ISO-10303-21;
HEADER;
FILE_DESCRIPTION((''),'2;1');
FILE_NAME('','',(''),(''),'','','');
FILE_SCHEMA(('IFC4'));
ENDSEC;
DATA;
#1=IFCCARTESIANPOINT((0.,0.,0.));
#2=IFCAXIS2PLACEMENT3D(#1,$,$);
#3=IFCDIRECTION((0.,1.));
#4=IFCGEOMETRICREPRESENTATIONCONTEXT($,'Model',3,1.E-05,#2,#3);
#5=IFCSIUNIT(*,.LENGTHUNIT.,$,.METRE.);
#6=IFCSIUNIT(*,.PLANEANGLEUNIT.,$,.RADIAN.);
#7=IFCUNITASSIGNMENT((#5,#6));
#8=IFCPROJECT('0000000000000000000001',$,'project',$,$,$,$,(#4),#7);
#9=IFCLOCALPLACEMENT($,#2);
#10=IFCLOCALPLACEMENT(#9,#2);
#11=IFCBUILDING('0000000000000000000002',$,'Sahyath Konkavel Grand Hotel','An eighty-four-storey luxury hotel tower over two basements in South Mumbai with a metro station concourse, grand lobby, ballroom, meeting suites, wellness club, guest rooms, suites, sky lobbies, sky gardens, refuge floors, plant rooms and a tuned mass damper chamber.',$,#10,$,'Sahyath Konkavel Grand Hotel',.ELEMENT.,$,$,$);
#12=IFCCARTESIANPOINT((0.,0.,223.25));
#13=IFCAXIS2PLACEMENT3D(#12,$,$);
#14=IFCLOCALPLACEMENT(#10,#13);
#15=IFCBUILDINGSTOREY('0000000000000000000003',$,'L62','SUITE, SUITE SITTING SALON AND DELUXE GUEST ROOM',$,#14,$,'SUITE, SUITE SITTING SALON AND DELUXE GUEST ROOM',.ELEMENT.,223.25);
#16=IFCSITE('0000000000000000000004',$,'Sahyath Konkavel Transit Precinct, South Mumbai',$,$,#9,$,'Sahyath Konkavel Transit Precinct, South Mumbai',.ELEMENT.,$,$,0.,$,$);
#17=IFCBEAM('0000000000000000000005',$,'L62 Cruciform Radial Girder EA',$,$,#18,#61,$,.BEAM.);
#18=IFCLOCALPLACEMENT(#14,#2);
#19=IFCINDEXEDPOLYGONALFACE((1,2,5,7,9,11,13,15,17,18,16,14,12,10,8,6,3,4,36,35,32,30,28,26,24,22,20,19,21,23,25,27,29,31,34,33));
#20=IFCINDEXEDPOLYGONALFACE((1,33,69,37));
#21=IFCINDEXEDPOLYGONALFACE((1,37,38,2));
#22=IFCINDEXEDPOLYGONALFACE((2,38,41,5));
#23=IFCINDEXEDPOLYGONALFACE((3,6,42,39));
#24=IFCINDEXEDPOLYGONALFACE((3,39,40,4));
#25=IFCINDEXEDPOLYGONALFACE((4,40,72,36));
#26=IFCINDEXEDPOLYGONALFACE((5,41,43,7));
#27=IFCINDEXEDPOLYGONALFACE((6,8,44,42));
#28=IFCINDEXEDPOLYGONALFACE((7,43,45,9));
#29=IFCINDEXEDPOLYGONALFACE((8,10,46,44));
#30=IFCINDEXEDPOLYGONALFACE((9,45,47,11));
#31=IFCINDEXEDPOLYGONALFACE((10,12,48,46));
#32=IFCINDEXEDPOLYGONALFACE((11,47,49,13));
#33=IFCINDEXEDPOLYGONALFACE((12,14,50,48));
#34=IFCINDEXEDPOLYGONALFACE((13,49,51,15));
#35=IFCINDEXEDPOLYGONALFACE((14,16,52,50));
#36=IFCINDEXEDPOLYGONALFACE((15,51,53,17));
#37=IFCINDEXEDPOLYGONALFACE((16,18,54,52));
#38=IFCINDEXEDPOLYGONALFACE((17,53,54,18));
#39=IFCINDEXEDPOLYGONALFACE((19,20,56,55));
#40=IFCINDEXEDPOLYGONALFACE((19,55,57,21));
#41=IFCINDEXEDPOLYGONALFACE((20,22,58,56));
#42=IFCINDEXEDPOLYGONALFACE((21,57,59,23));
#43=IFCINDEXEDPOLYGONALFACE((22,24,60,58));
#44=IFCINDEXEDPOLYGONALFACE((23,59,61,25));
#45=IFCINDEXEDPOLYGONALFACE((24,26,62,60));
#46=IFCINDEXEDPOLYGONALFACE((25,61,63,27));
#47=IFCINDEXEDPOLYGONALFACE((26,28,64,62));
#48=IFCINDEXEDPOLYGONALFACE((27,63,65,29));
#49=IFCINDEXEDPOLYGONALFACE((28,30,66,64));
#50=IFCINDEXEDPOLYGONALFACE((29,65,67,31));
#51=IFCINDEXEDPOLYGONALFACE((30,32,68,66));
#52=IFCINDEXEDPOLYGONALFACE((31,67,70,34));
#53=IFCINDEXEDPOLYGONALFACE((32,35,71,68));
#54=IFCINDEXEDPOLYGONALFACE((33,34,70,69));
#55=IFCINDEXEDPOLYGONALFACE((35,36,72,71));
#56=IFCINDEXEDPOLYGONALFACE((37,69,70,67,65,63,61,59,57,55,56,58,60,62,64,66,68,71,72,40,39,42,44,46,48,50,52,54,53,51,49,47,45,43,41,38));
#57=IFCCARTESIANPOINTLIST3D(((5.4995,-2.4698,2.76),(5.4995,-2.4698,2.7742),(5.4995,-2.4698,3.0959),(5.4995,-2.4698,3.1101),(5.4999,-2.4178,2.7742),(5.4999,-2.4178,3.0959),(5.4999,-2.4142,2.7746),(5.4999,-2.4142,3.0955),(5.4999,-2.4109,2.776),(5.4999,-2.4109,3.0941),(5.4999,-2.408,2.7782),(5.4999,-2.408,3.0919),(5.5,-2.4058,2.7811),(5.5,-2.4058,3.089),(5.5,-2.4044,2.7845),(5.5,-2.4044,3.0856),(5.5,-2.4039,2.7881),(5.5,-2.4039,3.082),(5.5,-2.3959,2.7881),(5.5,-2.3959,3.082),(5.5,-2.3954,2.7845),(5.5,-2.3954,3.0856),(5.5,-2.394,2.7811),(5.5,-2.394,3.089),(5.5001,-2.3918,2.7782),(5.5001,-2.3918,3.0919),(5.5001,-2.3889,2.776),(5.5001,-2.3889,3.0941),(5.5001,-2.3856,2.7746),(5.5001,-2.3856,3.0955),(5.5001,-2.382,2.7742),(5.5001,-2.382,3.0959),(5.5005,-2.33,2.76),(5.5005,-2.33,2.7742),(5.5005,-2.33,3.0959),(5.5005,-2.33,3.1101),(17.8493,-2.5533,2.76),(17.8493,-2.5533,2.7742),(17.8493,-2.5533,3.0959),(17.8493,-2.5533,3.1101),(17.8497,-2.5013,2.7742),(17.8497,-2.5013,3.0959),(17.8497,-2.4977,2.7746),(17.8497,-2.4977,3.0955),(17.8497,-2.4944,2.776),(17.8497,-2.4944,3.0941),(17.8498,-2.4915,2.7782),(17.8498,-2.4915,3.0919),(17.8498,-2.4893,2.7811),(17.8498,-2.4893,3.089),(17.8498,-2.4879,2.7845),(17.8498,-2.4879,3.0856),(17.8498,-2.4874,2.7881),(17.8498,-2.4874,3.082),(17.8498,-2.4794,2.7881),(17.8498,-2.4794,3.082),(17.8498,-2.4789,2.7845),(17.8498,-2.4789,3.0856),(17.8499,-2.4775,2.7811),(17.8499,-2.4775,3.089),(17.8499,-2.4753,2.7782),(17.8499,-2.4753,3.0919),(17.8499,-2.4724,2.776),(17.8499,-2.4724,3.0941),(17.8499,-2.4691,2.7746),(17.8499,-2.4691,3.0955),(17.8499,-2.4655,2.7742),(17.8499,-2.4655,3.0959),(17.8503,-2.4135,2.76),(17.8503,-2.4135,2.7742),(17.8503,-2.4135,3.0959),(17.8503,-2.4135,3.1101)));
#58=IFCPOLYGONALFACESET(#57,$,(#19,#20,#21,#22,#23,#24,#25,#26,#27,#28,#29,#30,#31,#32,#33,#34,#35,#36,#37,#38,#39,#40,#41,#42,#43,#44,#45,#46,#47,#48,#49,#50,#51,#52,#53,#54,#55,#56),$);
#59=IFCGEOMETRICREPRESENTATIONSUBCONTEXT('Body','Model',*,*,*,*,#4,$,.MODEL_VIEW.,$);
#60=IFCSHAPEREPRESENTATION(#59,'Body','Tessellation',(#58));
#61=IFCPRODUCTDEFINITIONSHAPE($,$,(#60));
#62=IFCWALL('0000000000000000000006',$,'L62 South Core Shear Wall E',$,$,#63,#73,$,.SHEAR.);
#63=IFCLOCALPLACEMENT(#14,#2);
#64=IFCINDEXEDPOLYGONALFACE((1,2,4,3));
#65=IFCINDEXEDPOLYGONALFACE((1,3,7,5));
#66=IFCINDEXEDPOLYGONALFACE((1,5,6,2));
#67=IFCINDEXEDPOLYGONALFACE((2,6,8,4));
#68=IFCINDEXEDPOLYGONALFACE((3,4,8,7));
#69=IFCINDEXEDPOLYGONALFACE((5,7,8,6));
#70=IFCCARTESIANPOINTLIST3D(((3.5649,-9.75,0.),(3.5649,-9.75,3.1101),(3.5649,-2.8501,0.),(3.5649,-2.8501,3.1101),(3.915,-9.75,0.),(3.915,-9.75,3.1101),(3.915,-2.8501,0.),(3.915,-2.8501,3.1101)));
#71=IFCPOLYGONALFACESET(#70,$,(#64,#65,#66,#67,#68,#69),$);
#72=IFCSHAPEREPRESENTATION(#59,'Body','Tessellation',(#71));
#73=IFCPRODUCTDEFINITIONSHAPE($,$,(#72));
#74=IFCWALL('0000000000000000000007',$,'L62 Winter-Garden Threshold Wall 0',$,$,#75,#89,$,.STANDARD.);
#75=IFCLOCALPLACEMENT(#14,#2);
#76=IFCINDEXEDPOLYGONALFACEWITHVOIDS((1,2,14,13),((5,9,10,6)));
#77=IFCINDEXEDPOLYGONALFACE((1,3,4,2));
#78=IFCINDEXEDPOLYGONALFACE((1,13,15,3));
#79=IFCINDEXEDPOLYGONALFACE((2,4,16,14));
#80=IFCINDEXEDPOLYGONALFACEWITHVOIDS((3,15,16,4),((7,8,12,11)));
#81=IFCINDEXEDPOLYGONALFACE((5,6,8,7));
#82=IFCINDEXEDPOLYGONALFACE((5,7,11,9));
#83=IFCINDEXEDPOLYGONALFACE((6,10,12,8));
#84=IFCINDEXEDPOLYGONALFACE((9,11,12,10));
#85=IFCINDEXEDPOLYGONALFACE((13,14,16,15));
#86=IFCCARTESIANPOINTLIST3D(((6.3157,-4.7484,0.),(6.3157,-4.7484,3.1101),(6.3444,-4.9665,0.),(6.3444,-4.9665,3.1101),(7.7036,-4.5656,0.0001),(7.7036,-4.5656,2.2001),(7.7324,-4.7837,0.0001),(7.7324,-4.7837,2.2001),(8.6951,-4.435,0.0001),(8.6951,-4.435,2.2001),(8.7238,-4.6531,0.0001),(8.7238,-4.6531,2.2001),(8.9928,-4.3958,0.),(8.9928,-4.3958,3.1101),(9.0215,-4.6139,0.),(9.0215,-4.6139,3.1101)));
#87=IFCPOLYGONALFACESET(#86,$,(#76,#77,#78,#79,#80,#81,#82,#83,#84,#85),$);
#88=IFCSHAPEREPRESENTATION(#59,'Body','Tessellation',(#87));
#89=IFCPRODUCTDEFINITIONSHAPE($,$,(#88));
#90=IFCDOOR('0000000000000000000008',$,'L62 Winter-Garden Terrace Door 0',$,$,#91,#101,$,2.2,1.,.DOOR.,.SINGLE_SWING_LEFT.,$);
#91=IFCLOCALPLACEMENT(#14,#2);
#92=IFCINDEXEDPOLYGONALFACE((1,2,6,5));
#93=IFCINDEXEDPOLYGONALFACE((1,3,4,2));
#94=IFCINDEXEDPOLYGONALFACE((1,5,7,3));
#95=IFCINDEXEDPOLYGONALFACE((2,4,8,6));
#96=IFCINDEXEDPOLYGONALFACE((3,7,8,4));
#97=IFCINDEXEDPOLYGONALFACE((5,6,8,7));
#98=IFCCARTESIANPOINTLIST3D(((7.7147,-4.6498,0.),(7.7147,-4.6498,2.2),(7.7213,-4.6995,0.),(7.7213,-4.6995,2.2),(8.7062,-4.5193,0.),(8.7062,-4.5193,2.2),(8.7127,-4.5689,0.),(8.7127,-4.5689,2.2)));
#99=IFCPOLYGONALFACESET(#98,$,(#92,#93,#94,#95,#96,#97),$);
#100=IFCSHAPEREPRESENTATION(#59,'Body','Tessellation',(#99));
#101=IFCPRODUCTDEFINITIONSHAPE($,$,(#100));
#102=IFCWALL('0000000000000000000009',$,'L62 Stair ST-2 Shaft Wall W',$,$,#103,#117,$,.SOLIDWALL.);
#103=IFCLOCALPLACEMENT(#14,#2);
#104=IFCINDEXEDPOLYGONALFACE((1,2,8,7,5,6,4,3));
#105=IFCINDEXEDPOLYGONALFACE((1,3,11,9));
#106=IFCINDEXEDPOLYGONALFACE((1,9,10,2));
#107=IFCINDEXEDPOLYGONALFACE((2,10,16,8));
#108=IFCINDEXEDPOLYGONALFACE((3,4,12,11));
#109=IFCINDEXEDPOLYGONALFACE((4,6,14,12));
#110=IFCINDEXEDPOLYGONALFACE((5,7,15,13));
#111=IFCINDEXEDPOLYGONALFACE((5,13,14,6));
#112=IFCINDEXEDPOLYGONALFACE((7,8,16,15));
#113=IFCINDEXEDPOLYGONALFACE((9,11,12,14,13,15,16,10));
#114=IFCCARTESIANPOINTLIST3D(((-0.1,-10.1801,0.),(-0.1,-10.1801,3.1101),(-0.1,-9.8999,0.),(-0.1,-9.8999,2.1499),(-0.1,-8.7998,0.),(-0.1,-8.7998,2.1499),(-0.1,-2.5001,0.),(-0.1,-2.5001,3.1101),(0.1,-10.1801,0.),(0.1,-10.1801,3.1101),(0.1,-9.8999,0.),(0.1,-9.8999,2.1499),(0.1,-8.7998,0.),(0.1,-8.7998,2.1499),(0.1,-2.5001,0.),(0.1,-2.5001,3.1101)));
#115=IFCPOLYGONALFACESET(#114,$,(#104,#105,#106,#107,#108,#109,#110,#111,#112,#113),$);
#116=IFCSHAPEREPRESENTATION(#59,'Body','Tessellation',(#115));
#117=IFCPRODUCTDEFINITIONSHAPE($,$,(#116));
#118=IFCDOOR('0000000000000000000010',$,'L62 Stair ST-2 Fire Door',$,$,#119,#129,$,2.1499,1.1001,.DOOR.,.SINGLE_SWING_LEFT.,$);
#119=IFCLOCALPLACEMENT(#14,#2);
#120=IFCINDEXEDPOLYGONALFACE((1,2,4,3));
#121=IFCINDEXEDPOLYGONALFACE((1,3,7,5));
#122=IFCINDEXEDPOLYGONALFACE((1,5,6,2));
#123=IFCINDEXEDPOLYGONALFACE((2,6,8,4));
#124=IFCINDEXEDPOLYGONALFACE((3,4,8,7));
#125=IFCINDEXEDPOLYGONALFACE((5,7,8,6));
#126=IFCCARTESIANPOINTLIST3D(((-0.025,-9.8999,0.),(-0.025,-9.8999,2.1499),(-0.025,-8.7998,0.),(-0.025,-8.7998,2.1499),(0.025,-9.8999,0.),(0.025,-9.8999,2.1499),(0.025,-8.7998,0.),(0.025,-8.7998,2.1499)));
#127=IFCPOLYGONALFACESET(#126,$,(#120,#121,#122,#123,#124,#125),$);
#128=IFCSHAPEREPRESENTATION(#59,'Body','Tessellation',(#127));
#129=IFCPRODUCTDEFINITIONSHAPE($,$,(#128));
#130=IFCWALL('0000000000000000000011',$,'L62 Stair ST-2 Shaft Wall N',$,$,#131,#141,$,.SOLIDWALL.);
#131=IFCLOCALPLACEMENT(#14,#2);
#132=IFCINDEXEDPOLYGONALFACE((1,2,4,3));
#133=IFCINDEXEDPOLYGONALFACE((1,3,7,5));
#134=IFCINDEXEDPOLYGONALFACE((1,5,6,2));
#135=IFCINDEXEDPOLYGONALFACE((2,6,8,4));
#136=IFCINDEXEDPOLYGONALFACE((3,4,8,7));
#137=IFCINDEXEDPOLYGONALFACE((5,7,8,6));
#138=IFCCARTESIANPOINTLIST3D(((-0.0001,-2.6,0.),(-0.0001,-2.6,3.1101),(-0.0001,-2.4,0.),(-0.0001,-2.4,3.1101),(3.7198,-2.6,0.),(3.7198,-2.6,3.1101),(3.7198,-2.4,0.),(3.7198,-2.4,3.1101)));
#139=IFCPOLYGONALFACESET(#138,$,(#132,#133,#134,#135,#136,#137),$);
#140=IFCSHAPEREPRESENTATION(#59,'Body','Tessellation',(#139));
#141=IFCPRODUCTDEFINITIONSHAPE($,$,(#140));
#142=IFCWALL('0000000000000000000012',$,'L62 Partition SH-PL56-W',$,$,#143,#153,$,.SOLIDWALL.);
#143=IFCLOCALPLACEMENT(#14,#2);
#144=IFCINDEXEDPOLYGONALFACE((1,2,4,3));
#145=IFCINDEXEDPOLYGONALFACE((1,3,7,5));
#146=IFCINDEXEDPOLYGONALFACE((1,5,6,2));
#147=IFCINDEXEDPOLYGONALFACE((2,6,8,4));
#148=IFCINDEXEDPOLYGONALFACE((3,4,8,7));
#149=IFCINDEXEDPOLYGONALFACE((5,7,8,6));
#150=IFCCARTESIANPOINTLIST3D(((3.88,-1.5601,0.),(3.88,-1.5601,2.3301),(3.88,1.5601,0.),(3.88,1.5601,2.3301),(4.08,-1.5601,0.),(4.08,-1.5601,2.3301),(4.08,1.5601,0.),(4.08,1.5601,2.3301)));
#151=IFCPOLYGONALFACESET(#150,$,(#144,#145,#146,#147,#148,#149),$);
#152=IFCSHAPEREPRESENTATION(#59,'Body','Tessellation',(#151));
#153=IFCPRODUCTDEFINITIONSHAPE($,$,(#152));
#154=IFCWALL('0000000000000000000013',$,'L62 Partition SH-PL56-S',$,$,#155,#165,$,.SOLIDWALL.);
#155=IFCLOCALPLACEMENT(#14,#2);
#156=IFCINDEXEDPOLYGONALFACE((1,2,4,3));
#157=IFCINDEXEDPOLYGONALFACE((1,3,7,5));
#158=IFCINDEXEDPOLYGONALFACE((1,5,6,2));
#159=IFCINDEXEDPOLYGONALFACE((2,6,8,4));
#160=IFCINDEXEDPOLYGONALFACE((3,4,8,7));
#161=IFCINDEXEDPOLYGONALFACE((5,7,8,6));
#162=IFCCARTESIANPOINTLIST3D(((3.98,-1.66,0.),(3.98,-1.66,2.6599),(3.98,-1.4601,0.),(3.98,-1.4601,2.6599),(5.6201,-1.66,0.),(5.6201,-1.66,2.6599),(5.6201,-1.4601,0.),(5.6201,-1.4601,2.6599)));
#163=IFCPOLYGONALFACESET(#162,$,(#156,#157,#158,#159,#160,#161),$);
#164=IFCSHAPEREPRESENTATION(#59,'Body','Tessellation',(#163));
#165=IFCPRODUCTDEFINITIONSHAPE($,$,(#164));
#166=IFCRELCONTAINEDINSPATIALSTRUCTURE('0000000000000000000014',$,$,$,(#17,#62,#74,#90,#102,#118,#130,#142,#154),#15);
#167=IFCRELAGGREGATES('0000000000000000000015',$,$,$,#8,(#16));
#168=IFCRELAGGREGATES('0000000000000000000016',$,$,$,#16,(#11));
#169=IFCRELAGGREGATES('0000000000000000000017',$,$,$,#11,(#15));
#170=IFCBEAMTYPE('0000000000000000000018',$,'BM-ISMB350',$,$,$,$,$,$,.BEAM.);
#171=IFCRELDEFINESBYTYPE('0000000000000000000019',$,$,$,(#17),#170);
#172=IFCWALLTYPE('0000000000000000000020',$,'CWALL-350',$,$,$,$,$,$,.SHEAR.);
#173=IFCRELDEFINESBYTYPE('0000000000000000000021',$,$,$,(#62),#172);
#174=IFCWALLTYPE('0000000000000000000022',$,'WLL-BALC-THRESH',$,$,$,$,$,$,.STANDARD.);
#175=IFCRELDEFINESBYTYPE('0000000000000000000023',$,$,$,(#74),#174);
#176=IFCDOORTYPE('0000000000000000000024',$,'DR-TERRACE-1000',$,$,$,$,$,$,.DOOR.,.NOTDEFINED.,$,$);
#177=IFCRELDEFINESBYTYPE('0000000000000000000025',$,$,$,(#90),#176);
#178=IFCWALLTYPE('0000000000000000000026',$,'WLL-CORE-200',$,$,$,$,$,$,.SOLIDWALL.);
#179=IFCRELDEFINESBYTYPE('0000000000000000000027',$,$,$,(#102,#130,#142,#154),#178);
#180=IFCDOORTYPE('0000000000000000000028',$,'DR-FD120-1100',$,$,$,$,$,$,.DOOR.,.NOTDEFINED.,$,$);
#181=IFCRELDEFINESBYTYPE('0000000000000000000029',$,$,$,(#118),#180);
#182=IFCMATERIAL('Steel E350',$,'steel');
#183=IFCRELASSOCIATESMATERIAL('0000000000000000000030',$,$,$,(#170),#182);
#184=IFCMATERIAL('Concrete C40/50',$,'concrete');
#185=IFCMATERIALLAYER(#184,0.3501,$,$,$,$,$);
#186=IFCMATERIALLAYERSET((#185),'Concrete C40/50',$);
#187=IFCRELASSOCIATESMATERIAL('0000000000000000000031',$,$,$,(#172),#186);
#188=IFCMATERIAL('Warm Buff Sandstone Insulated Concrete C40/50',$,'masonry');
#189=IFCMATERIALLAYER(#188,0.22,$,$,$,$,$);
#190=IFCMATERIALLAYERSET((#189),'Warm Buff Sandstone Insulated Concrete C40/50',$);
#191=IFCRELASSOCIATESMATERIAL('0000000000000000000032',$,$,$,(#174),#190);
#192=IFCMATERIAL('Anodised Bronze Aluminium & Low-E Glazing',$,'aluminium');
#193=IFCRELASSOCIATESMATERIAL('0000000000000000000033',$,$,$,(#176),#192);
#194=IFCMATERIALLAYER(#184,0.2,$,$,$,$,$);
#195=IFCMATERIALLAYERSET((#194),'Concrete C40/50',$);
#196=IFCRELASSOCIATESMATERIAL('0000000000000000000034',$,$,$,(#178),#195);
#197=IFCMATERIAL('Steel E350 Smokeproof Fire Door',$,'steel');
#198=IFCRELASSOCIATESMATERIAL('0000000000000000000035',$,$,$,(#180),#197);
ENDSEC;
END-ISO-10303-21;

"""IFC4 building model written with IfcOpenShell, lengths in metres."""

from ifc_helpers import new_model, si_unit, direction, frame, frame_2d, origin, origin_2d, place, context, subcontext, project, spatial, rectangle, i_section, extrude, source, transform, mapped, material, layer, layer_set, material_profile, profile_set, type_object, element, fill, save


model = new_model("IFC4")

# Units and contexts
model_context = context("Model", 3, precision=1e-05, world=origin(), true_north=direction((0.0, 1.0)))
body_context = subcontext(model_context, "Body", "Model", "MODEL_VIEW")
ifc_project = project(units=[si_unit("LENGTHUNIT", "METRE"), si_unit("PLANEANGLEUNIT", "RADIAN")], contexts=[model_context])

# Site, building, storey
site_placement = place(None, origin())
site = spatial("IfcSite", under=ifc_project, at=site_placement, Name="Sahyath Konkavel Transit Precinct, South Mumbai", LongName="Sahyath Konkavel Transit Precinct, South Mumbai", CompositionType="ELEMENT", RefElevation=0.0)
building_placement = place(site_placement, origin())
building = spatial("IfcBuilding", under=site, at=building_placement, Name="Sahyath Konkavel Grand Hotel", Description="An eighty-four-storey luxury hotel tower over two basements in South Mumbai with a metro station concourse, grand lobby, ballroom, meeting suites, wellness club, guest rooms, suites, sky lobbies, sky gardens, refuge floors, plant rooms and a tuned mass damper chamber.", LongName="Sahyath Konkavel Grand Hotel", CompositionType="ELEMENT")
storey_placement = place(building_placement, frame((0.0, 0.0, 223.25)))
storey = spatial("IfcBuildingStorey", under=building, at=storey_placement, Name="L62", Description="SUITE, SUITE SITTING SALON AND DELUXE GUEST ROOM", LongName="SUITE, SUITE SITTING SALON AND DELUXE GUEST ROOM", CompositionType="ELEMENT", Elevation=223.25)

# Shared definitions
ifc_material_1 = material(Name="Concrete C40/50", Category="concrete")

# Beam
ifc_material_2 = material(Name="Steel E350", Category="steel")
ifc_material_profile_1 = material_profile(ifc_material_2, i_section(OverallWidth=0.1399, OverallDepth=0.3501, WebThickness=0.0081, FlangeThickness=0.0142, FilletRadius=0.0139, at=origin_2d()), Name="ISMB 350")
ifc_profile_set_1 = profile_set([ifc_material_profile_1], Name="Steel E350")
beam_type_1 = type_object("IfcBeamType", Name="BM-ISMB350", PredefinedType="BEAM", material=ifc_profile_set_1)
shared_shape_1 = source(origin(), body_context, "Body", "SweptSolid", [
    extrude(i_section(OverallWidth=0.1399, OverallDepth=0.3501, WebThickness=0.0081, FlangeThickness=0.0142, FilletRadius=0.0139, at=origin_2d()), origin(), (0.0, 0.0, 1.0), 12.3501),
])
beam_1_placement = place(storey_placement, frame((5.5, -2.3999, 2.9351), z_axis=(0.999977, -0.006761, 0.0), x_axis=(0.006761, 0.999977, 0.0)))
element("IfcBeam", 1, at=beam_1_placement, inside=storey, type_object=beam_type_1, Name="L62 Cruciform Radial Girder EA", PredefinedType="BEAM", context=body_context, shape_type="MappedRepresentation", body=[
    mapped(shared_shape_1, transform((0.0, 0.0, 0.0), scale=1.0)),
])

# Wall
ifc_layer_1 = layer(ifc_material_1, 0.3501)
ifc_layer_set_1 = layer_set([ifc_layer_1], Name="Concrete C40/50")
wall_type_1 = type_object("IfcWallType", Name="CWALL-350", PredefinedType="SHEAR", material=ifc_layer_set_1)
wall_1_placement = place(storey_placement, frame((3.74, -9.75, 0.0), z_axis=(0.0, 0.0, 1.0), x_axis=(0.0, 1.0, 0.0)))
element("IfcWall", 2, at=wall_1_placement, inside=storey, type_object=wall_type_1, Name="L62 South Core Shear Wall E", PredefinedType="SHEAR", context=body_context, shape_type="SweptSolid", body=[
    extrude(rectangle(XDim=6.8999, YDim=0.3501, at=frame_2d((3.45, 0.0))), origin(), (0.0, 0.0, 1.0), 3.1101),
])

# Walls, openings, doors
ifc_material_3 = material(Name="Warm Buff Sandstone Insulated Concrete C40/50", Category="masonry")
ifc_layer_2 = layer(ifc_material_3, 0.22)
ifc_layer_set_2 = layer_set([ifc_layer_2], Name="Warm Buff Sandstone Insulated Concrete C40/50")
wall_type_2 = type_object("IfcWallType", Name="WLL-BALC-THRESH", PredefinedType="STANDARD", material=ifc_layer_set_2)
wall_2_placement = place(storey_placement, frame((6.3301, -4.8574, 0.0), z_axis=(0.0, 0.0, 1.0), x_axis=(0.99144, 0.130564, 0.0)))
wall_2 = element("IfcWall", 3, at=wall_2_placement, inside=storey, type_object=wall_type_2, Name="L62 Winter-Garden Threshold Wall 0", PredefinedType="STANDARD", context=body_context, shape_type="SweptSolid", body=[
    extrude(rectangle(XDim=2.7002, YDim=0.22, at=frame_2d((1.3501, 0.0))), origin(), (0.0, 0.0, 1.0), 3.1101),
])
opening_1_placement = place(wall_2_placement, frame((1.3999, 0.0, 0.0)))
opening_1 = element("IfcOpeningElement", 4, at=opening_1_placement, cuts=wall_2, PredefinedType="OPENING", context=body_context, shape_type="SweptSolid", body=[
    extrude(rectangle(XDim=1.0, YDim=2.2, at=frame_2d((0.5, 1.1001))), frame((0.0, 0.1201, 0.0), z_axis=(0.0, -1.0, 0.0), x_axis=(1.0, 0.0, 0.0)), (0.0, 0.0, 1.0), 0.24),
])
ifc_material_4 = material(Name="Anodised Bronze Aluminium & Low-E Glazing", Category="aluminium")
door_type_1 = type_object("IfcDoorType", Name="DR-TERRACE-1000", OperationType="NOTDEFINED", PredefinedType="DOOR", material=ifc_material_4)
shared_shape_2 = source(origin(), body_context, "Body", "SweptSolid", [
    extrude(rectangle(XDim=1.0, YDim=0.05, at=origin_2d()), origin(), (0.0, 0.0, 1.0), 2.2),
])
door_1_placement = place(opening_1_placement, frame((0.5, 0.0, 0.0)))
door_1 = element("IfcDoor", 5, at=door_1_placement, inside=storey, type_object=door_type_1, Name="L62 Winter-Garden Terrace Door 0", OperationType="SINGLE_SWING_LEFT", OverallHeight=2.2, OverallWidth=1.0, PredefinedType="DOOR", context=body_context, shape_type="MappedRepresentation", body=[
    mapped(shared_shape_2, transform((0.0, 0.0, 0.0), scale=1.0)),
])
fill(opening_1, door_1)
ifc_layer_3 = layer(ifc_material_1, 0.2)
ifc_layer_set_3 = layer_set([ifc_layer_3], Name="Concrete C40/50")
wall_type_3 = type_object("IfcWallType", Name="WLL-CORE-200", PredefinedType="SOLIDWALL", material=ifc_layer_set_3)
wall_3_placement = place(storey_placement, frame((0.0, -10.1799, 0.0), z_axis=(0.0, 0.0, 1.0), x_axis=(0.0, 1.0, 0.0)))
wall_3 = element("IfcWall", 6, at=wall_3_placement, inside=storey, type_object=wall_type_3, Name="L62 Stair ST-2 Shaft Wall W", PredefinedType="SOLIDWALL", context=body_context, shape_type="SweptSolid", body=[
    extrude(rectangle(XDim=7.6799, YDim=0.2, at=frame_2d((3.8398, 0.0))), origin(), (0.0, 0.0, 1.0), 3.1101),
])
opening_2_placement = place(wall_3_placement, frame((0.28, 0.0, 0.0)))
opening_2 = element("IfcOpeningElement", 7, at=opening_2_placement, cuts=wall_3, PredefinedType="OPENING", context=body_context, shape_type="SweptSolid", body=[
    extrude(rectangle(XDim=1.1001, YDim=2.1499, at=frame_2d((0.55, 1.075))), frame((0.0, 0.1099, 0.0), z_axis=(0.0, -1.0, 0.0), x_axis=(1.0, 0.0, 0.0)), (0.0, 0.0, 1.0), 0.22),
])
ifc_material_5 = material(Name="Steel E350 Smokeproof Fire Door", Category="steel")
door_type_2 = type_object("IfcDoorType", Name="DR-FD120-1100", OperationType="NOTDEFINED", PredefinedType="DOOR", material=ifc_material_5)
shared_shape_3 = source(origin(), body_context, "Body", "SweptSolid", [
    extrude(rectangle(XDim=1.1001, YDim=0.05, at=origin_2d()), origin(), (0.0, 0.0, 1.0), 2.1499),
])
door_2_placement = place(opening_2_placement, frame((0.55, 0.0, 0.0)))
door_2 = element("IfcDoor", 8, at=door_2_placement, inside=storey, type_object=door_type_2, Name="L62 Stair ST-2 Fire Door", OperationType="SINGLE_SWING_LEFT", OverallHeight=2.1499, OverallWidth=1.1001, PredefinedType="DOOR", context=body_context, shape_type="MappedRepresentation", body=[
    mapped(shared_shape_3, transform((0.0, 0.0, 0.0), scale=1.0)),
])
fill(opening_2, door_2)

# Walls
wall_4_placement = place(storey_placement, frame((0.0, -2.5, 0.0), z_axis=(0.0, 0.0, 1.0), x_axis=(1.0, 0.0, 0.0)))
element("IfcWall", 9, at=wall_4_placement, inside=storey, type_object=wall_type_3, Name="L62 Stair ST-2 Shaft Wall N", PredefinedType="SOLIDWALL", context=body_context, shape_type="SweptSolid", body=[
    extrude(rectangle(XDim=3.72, YDim=0.2, at=frame_2d((1.8599, 0.0))), origin(), (0.0, 0.0, 1.0), 3.1101),
])
wall_5_placement = place(storey_placement, frame((3.98, -1.5601, 0.0), z_axis=(0.0, 0.0, 1.0), x_axis=(0.0, 1.0, 0.0)))
element("IfcWall", 10, at=wall_5_placement, inside=storey, type_object=wall_type_3, Name="L62 Partition SH-PL56-W", PredefinedType="SOLIDWALL", context=body_context, shape_type="SweptSolid", body=[
    extrude(rectangle(XDim=3.1201, YDim=0.2, at=frame_2d((1.5601, 0.0))), origin(), (0.0, 0.0, 1.0), 2.3301),
])
wall_6_placement = place(storey_placement, frame((3.98, -1.5601, 0.0), z_axis=(0.0, 0.0, 1.0), x_axis=(1.0, 0.0, 0.0)))
element("IfcWall", 11, at=wall_6_placement, inside=storey, type_object=wall_type_3, Name="L62 Partition SH-PL56-S", PredefinedType="SOLIDWALL", context=body_context, shape_type="SweptSolid", body=[
    extrude(rectangle(XDim=1.6401, YDim=0.2, at=frame_2d((0.8201, 0.0))), origin(), (0.0, 0.0, 1.0), 2.6599),
])

save(model, "model.ifc")
